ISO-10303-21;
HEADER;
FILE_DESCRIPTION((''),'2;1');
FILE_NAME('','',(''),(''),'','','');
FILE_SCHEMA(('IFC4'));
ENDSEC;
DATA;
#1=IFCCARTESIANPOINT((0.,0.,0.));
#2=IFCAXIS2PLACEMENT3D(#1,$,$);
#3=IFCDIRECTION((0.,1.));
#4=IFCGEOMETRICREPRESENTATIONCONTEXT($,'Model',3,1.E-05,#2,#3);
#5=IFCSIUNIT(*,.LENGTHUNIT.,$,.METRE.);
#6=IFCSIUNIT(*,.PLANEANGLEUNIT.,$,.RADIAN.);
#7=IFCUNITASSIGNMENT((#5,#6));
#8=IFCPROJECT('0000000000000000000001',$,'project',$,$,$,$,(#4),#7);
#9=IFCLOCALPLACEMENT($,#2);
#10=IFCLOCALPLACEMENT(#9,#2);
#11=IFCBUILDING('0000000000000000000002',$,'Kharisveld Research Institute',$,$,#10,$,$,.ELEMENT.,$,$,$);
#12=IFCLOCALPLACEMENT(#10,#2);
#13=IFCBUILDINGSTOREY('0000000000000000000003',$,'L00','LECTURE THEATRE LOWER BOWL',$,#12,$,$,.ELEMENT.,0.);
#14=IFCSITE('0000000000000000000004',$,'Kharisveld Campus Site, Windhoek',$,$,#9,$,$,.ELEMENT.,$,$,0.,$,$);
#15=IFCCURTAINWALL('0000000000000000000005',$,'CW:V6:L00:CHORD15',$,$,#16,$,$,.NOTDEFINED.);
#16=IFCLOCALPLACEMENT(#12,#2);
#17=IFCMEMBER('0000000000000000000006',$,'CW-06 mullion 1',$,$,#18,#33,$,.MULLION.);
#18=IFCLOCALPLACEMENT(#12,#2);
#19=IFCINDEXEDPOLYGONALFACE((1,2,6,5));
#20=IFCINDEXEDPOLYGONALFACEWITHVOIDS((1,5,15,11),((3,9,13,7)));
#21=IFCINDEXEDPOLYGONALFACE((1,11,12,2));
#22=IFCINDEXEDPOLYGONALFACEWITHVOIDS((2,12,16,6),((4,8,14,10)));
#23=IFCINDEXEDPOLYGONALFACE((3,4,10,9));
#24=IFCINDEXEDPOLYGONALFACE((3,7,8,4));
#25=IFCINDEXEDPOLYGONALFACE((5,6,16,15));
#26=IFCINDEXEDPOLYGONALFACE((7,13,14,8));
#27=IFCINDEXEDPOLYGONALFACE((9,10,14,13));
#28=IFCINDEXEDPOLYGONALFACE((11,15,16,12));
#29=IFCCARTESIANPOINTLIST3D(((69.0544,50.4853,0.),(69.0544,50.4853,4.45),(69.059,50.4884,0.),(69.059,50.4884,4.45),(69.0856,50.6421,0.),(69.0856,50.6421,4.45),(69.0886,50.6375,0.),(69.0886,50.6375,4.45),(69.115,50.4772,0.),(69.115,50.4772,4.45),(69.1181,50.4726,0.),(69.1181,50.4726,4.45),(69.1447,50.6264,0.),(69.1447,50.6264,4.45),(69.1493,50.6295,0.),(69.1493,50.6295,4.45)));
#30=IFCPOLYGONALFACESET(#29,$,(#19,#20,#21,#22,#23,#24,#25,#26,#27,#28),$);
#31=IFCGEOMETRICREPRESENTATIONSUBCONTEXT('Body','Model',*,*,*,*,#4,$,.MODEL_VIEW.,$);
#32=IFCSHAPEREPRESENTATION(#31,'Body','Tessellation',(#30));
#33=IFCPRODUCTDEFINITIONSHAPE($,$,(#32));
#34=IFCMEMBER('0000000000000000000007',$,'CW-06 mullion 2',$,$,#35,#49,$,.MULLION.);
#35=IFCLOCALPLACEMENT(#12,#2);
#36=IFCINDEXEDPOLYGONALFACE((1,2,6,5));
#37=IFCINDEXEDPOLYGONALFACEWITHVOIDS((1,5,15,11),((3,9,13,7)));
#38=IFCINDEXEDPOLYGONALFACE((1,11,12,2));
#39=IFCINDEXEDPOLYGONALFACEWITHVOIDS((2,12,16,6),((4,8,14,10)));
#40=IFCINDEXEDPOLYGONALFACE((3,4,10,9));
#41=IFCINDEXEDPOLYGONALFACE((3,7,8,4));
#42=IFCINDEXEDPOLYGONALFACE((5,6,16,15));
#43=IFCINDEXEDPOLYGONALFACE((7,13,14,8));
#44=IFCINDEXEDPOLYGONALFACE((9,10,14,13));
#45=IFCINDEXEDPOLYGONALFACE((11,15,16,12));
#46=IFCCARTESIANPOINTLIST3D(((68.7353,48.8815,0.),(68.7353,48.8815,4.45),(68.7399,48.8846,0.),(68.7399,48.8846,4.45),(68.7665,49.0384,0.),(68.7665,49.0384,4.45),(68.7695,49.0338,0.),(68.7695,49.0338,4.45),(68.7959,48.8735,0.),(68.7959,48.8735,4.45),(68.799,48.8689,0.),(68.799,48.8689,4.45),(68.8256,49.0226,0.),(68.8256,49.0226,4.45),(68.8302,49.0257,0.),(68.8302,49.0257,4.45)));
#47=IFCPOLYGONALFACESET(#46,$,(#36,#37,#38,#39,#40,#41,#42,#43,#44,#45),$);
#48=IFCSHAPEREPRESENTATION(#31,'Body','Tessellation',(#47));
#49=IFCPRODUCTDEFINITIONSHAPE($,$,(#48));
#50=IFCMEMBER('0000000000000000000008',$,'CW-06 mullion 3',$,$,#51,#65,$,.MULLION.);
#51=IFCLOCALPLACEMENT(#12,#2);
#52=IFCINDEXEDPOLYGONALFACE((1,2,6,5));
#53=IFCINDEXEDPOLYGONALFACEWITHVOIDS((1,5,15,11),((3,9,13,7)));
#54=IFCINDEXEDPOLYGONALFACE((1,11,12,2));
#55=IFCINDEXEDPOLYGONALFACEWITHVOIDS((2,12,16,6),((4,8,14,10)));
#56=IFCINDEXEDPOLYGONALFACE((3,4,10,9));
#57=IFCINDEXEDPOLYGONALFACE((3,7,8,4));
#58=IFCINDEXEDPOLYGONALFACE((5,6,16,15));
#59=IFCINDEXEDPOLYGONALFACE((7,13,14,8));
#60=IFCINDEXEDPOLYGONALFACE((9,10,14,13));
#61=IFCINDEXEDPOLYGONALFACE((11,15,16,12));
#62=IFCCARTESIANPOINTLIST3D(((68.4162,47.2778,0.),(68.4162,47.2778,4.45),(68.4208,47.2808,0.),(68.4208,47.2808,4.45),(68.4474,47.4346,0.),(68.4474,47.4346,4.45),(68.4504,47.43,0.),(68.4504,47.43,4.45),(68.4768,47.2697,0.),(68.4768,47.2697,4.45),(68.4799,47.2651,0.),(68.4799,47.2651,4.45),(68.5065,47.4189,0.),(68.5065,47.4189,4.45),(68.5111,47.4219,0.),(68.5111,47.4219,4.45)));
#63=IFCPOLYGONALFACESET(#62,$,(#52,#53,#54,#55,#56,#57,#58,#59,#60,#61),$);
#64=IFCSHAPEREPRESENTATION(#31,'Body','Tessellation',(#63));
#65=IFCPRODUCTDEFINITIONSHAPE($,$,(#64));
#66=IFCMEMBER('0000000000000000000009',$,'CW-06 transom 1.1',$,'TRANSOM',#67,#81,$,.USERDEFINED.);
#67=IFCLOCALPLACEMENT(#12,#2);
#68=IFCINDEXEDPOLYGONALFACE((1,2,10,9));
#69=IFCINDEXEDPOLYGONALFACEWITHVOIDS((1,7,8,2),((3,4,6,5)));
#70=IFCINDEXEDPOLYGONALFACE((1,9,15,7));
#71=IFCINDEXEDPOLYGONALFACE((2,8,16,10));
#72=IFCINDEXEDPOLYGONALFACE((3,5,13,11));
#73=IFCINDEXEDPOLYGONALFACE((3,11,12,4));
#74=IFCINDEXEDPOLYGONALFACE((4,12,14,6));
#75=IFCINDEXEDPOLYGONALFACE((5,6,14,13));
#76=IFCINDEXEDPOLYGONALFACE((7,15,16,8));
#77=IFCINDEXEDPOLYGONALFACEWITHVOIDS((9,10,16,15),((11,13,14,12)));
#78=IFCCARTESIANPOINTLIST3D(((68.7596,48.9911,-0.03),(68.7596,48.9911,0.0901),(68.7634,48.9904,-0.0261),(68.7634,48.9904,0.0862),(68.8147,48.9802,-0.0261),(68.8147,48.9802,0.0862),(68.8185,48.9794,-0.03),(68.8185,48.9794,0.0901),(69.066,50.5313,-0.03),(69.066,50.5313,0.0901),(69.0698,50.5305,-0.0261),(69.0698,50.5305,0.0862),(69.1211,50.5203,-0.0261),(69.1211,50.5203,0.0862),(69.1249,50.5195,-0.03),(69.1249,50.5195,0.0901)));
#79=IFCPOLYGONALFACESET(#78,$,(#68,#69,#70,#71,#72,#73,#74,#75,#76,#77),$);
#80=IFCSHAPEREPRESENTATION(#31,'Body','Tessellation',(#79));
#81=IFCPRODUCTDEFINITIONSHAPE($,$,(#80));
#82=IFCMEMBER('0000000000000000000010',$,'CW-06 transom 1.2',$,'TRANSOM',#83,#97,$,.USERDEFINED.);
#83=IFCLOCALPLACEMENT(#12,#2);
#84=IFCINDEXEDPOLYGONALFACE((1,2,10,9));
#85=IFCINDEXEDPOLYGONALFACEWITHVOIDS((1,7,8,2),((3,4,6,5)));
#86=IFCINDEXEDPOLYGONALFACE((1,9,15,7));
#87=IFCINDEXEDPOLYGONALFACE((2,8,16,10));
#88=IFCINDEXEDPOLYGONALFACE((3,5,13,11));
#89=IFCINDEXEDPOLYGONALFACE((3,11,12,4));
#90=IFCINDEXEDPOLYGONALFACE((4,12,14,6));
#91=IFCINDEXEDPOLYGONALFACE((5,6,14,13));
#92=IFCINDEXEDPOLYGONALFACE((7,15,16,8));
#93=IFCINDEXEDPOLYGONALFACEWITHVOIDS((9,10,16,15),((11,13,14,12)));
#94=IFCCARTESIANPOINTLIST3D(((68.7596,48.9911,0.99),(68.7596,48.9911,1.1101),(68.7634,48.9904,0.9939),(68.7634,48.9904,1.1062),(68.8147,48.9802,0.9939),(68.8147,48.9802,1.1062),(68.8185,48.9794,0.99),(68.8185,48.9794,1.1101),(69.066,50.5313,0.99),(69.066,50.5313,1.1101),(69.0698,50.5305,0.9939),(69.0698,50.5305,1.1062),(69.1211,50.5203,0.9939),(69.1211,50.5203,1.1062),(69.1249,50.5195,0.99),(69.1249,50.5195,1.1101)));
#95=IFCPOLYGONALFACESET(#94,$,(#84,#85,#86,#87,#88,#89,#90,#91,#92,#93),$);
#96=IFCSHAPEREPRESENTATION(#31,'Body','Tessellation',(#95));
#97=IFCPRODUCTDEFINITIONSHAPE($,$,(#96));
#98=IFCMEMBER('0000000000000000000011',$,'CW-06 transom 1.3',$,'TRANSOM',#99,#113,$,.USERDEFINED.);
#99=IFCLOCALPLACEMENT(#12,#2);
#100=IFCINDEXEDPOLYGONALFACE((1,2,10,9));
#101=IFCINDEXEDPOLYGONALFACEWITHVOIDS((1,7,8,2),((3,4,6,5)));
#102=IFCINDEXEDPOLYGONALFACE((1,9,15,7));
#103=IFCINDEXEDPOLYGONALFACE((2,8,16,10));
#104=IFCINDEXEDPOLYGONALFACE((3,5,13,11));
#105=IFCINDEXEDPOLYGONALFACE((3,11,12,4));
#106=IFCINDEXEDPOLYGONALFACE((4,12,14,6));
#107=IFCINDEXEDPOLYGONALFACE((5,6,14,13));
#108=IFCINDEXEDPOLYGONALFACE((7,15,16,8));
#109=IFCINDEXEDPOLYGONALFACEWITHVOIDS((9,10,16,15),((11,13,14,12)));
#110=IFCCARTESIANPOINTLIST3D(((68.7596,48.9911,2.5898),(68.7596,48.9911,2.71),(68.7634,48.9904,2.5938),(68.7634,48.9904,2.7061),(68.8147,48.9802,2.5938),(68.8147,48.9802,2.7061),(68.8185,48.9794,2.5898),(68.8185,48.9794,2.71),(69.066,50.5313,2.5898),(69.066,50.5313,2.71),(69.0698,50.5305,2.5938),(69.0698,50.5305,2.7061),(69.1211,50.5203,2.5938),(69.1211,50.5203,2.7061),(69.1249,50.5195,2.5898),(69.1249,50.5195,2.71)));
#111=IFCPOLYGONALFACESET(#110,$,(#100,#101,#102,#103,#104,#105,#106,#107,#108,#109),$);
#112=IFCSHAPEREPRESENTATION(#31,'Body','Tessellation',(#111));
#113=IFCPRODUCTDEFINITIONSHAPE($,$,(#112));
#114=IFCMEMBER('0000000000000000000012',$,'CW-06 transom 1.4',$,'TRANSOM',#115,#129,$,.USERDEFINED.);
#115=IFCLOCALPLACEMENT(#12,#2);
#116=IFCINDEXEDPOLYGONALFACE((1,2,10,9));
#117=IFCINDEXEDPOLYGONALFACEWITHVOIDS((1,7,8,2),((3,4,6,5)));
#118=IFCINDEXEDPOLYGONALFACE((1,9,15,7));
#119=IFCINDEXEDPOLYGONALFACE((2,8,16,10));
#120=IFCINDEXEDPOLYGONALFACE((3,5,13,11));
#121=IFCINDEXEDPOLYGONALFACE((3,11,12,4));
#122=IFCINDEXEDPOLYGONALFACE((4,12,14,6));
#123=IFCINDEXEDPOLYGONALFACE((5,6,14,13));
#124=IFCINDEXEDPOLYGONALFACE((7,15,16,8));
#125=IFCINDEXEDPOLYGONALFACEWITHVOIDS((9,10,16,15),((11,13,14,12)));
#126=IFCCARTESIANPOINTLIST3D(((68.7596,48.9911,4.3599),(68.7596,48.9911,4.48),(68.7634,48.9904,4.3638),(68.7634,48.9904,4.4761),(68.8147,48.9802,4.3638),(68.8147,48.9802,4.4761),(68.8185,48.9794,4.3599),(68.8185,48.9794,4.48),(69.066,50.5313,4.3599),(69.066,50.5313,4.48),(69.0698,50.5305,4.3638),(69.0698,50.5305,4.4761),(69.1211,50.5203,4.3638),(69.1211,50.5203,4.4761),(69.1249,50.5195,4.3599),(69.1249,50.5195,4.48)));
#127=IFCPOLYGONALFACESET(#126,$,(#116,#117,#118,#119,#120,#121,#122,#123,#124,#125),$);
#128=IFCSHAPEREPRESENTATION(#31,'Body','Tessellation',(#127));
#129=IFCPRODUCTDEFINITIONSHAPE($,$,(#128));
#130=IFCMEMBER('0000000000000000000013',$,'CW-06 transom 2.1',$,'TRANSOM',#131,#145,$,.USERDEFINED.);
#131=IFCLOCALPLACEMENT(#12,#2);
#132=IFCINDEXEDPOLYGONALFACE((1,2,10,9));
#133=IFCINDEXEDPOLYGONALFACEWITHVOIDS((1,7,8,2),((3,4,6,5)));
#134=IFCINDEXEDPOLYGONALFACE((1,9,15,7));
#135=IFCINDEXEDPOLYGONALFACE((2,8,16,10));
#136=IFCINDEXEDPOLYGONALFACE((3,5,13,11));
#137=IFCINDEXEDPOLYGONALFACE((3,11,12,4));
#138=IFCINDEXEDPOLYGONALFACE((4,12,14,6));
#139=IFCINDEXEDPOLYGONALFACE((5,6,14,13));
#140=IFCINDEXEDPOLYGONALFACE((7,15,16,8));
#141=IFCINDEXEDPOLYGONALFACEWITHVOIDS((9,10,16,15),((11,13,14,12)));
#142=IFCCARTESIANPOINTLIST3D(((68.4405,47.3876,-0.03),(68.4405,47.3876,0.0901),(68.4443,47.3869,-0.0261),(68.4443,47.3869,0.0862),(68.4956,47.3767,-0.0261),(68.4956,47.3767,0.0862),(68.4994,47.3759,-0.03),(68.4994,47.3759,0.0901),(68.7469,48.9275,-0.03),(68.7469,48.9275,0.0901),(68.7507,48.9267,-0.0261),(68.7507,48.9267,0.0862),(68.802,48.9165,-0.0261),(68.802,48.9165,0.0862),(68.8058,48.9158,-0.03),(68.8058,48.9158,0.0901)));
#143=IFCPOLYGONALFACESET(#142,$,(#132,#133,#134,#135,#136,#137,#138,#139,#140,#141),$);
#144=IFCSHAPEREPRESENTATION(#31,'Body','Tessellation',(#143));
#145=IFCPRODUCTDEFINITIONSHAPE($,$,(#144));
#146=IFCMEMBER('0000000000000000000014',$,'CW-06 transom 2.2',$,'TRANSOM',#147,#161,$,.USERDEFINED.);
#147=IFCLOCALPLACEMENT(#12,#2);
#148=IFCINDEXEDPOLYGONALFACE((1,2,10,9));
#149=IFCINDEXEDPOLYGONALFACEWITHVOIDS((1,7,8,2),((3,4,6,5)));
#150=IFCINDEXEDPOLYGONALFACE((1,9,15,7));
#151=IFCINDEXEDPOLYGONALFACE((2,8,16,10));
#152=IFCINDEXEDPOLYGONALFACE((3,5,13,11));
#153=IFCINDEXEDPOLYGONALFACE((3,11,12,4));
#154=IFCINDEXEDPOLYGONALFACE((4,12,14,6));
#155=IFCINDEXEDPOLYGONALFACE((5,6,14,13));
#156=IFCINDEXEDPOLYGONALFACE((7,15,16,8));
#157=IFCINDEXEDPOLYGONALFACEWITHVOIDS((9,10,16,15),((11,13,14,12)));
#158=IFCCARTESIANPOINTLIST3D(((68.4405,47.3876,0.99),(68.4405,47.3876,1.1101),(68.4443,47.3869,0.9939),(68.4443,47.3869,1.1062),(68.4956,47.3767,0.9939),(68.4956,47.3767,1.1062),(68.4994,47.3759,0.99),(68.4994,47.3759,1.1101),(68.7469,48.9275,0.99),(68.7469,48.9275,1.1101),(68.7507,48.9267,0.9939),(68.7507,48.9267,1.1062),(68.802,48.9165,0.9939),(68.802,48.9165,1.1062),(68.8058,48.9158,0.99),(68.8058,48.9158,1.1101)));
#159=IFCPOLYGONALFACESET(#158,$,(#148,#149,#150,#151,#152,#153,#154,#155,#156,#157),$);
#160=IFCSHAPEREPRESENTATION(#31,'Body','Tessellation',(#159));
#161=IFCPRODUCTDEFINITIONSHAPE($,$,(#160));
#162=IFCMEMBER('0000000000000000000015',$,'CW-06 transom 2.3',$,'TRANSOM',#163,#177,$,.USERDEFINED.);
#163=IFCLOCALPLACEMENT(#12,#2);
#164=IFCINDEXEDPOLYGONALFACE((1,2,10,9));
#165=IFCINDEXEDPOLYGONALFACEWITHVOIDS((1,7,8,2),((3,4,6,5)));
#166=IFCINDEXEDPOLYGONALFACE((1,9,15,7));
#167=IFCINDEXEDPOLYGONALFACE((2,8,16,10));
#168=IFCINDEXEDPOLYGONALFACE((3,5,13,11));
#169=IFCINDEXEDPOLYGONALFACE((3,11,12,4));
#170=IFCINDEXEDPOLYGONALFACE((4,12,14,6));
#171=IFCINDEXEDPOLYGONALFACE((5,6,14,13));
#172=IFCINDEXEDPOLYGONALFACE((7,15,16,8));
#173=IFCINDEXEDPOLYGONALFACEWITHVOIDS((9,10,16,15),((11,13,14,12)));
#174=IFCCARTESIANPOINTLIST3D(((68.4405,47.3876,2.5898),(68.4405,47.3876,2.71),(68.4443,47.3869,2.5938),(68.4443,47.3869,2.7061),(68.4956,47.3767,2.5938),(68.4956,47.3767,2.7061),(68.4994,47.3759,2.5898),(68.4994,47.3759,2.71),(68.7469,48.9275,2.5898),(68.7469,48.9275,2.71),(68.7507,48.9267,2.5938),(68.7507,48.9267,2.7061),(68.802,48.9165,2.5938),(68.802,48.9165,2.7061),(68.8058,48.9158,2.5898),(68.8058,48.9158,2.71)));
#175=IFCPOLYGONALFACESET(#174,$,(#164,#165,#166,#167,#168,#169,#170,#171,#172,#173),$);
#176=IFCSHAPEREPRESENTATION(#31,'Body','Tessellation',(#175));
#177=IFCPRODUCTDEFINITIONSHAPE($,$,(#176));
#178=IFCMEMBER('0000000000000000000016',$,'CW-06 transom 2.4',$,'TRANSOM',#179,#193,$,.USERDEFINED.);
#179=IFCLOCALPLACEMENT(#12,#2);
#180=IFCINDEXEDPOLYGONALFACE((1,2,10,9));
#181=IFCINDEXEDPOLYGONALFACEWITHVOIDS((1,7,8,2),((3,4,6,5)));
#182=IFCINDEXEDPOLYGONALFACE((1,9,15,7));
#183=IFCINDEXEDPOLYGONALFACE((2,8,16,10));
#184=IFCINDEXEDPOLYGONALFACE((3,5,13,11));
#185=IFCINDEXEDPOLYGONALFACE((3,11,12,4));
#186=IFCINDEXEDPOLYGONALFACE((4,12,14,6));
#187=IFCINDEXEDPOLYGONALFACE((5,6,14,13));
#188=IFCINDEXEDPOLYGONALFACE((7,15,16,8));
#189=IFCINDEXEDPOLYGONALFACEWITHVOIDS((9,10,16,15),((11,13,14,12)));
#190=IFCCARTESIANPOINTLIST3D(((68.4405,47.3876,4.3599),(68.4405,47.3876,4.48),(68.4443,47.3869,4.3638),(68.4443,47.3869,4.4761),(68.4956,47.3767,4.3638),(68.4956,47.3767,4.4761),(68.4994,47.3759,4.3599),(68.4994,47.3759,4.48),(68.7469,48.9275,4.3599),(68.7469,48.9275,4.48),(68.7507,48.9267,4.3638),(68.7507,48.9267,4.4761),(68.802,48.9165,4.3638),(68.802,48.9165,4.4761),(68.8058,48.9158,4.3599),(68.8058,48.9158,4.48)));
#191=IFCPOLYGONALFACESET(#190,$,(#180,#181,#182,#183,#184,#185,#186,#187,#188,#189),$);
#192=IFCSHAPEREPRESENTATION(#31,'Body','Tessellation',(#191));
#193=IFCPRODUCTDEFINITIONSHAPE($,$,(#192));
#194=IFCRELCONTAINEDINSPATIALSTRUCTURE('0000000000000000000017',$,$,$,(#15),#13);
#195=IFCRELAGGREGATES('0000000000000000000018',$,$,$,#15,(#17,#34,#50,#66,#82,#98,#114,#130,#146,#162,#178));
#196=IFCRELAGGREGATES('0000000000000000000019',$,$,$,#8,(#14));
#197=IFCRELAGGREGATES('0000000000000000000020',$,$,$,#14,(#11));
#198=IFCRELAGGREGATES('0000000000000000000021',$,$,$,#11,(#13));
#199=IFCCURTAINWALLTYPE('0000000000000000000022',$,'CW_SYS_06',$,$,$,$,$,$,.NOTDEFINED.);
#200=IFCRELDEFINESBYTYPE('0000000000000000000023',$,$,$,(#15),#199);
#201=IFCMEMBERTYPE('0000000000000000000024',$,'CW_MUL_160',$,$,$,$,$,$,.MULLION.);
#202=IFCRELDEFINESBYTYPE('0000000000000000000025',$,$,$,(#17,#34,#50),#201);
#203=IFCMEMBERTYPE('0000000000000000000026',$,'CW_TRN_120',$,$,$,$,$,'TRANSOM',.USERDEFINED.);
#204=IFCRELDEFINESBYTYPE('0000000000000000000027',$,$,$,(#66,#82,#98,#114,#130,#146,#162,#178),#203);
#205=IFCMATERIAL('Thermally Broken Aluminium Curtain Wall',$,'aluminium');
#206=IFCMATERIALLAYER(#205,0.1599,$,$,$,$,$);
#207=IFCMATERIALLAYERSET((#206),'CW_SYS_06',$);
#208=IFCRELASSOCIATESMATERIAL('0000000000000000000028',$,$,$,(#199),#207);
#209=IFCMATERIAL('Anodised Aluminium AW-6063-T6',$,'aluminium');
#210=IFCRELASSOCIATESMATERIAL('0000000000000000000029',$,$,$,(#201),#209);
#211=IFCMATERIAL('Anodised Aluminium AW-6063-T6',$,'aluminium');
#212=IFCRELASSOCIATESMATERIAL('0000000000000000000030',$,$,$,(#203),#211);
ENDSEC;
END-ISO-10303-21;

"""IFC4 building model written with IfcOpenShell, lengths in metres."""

from ifc_helpers import new_model, si_unit, direction, frame, origin, origin_2d, place, context, subcontext, project, spatial, hollow_rectangle, extrude, material, layer, layer_set, material_profile, profile_set, type_object, element, aggregate, save


model = new_model("IFC4")

# Units and contexts
model_context = context("Model", 3, precision=1e-05, world=origin(), true_north=direction((0.0, 1.0)))
body_context = subcontext(model_context, "Body", "Model", "MODEL_VIEW")
ifc_project = project(units=[si_unit("LENGTHUNIT", "METRE"), si_unit("PLANEANGLEUNIT", "RADIAN")], contexts=[model_context])

# Site, building, storey
site_placement = place(None, origin())
site = spatial("IfcSite", under=ifc_project, at=site_placement, Name="Kharisveld Campus Site, Windhoek", CompositionType="ELEMENT", RefElevation=0.0)
building_placement = place(site_placement, origin())
building = spatial("IfcBuilding", under=site, at=building_placement, Name="Kharisveld Research Institute", CompositionType="ELEMENT")
storey_placement = place(building_placement, origin())
storey = spatial("IfcBuildingStorey", under=building, at=storey_placement, Name="L00", Description="LECTURE THEATRE LOWER BOWL", CompositionType="ELEMENT", Elevation=0.0)

# Curtain wall, members
ifc_material_1 = material(Name="Thermally Broken Aluminium Curtain Wall", Category="aluminium")
ifc_layer_1 = layer(ifc_material_1, 0.1599)
ifc_layer_set_1 = layer_set([ifc_layer_1], Name="CW_SYS_06")
curtain_wall_type = type_object("IfcCurtainWallType", Name="CW_SYS_06", PredefinedType="NOTDEFINED", material=ifc_layer_set_1)
curtain_wall_placement = place(storey_placement, origin())
curtain_wall = element("IfcCurtainWall", 1, at=curtain_wall_placement, inside=storey, type_object=curtain_wall_type, Name="CW:V6:L00:CHORD15", PredefinedType="NOTDEFINED")
ifc_material_2 = material(Name="Anodised Aluminium AW-6063-T6", Category="aluminium")
ifc_material_profile_1 = material_profile(ifc_material_2, hollow_rectangle(XDim=0.0649, YDim=0.1599, WallThickness=0.0039, at=origin_2d()))
ifc_profile_set_1 = profile_set([ifc_material_profile_1], Name="Anodised Aluminium AW-6063-T6")
member_type_1 = type_object("IfcMemberType", Name="CW_MUL_160", PredefinedType="MULLION", material=ifc_profile_set_1)
member_1_placement = place(storey_placement, frame((69.1018, 50.5574, 0.0), z_axis=(0.0, 0.0, 1.0), x_axis=(0.980785, -0.195091, 0.0)))
member_1 = element("IfcMember", 2, at=member_1_placement, type_object=member_type_1, Name="CW-06 mullion 1", PredefinedType="MULLION", context=body_context, shape_type="SweptSolid", body=[
    extrude(hollow_rectangle(XDim=0.0649, YDim=0.1599, WallThickness=0.0039, at=origin_2d()), origin(), (0.0, 0.0, 1.0), 4.45),
])
member_2_placement = place(storey_placement, frame((68.7827, 48.9536, 0.0), z_axis=(0.0, 0.0, 1.0), x_axis=(0.980785, -0.195091, 0.0)))
member_2 = element("IfcMember", 3, at=member_2_placement, type_object=member_type_1, Name="CW-06 mullion 2", PredefinedType="MULLION", context=body_context, shape_type="SweptSolid", body=[
    extrude(hollow_rectangle(XDim=0.0649, YDim=0.1599, WallThickness=0.0039, at=origin_2d()), origin(), (0.0, 0.0, 1.0), 4.45),
])
member_3_placement = place(storey_placement, frame((68.4636, 47.3499, 0.0), z_axis=(0.0, 0.0, 1.0), x_axis=(0.980785, -0.195091, 0.0)))
member_3 = element("IfcMember", 4, at=member_3_placement, type_object=member_type_1, Name="CW-06 mullion 3", PredefinedType="MULLION", context=body_context, shape_type="SweptSolid", body=[
    extrude(hollow_rectangle(XDim=0.0649, YDim=0.1599, WallThickness=0.0039, at=origin_2d()), origin(), (0.0, 0.0, 1.0), 4.45),
])
ifc_material_3 = material(Name="Anodised Aluminium AW-6063-T6", Category="aluminium")
ifc_material_profile_2 = material_profile(ifc_material_3, hollow_rectangle(XDim=0.0601, YDim=0.1201, WallThickness=0.0039, at=origin_2d()))
ifc_profile_set_2 = profile_set([ifc_material_profile_2], Name="Anodised Aluminium AW-6063-T6")
member_type_2 = type_object("IfcMemberType", Name="CW_TRN_120", ElementType="TRANSOM", PredefinedType="USERDEFINED", material=ifc_profile_set_2)
member_4_placement = place(storey_placement, frame((69.0955, 50.5254, 0.03), z_axis=(-0.195129, -0.980778, 0.0), x_axis=(0.980778, -0.195129, 0.0)))
member_4 = element("IfcMember", 5, at=member_4_placement, type_object=member_type_2, Name="CW-06 transom 1.1", ObjectType="TRANSOM", PredefinedType="USERDEFINED", context=body_context, shape_type="SweptSolid", body=[
    extrude(hollow_rectangle(XDim=0.0601, YDim=0.1201, WallThickness=0.0039, at=origin_2d()), origin(), (0.0, 0.0, 1.0), 1.5703),
])
member_5_placement = place(storey_placement, frame((69.0955, 50.5254, 1.05), z_axis=(-0.195129, -0.980778, 0.0), x_axis=(0.980778, -0.195129, 0.0)))
member_5 = element("IfcMember", 6, at=member_5_placement, type_object=member_type_2, Name="CW-06 transom 1.2", ObjectType="TRANSOM", PredefinedType="USERDEFINED", context=body_context, shape_type="SweptSolid", body=[
    extrude(hollow_rectangle(XDim=0.0601, YDim=0.1201, WallThickness=0.0039, at=origin_2d()), origin(), (0.0, 0.0, 1.0), 1.5703),
])
member_6_placement = place(storey_placement, frame((69.0955, 50.5254, 2.6499), z_axis=(-0.195129, -0.980778, 0.0), x_axis=(0.980778, -0.195129, 0.0)))
member_6 = element("IfcMember", 7, at=member_6_placement, type_object=member_type_2, Name="CW-06 transom 1.3", ObjectType="TRANSOM", PredefinedType="USERDEFINED", context=body_context, shape_type="SweptSolid", body=[
    extrude(hollow_rectangle(XDim=0.0601, YDim=0.1201, WallThickness=0.0039, at=origin_2d()), origin(), (0.0, 0.0, 1.0), 1.5703),
])
member_7_placement = place(storey_placement, frame((69.0955, 50.5254, 4.4199), z_axis=(-0.195129, -0.980778, 0.0), x_axis=(0.980778, -0.195129, 0.0)))
member_7 = element("IfcMember", 8, at=member_7_placement, type_object=member_type_2, Name="CW-06 transom 1.4", ObjectType="TRANSOM", PredefinedType="USERDEFINED", context=body_context, shape_type="SweptSolid", body=[
    extrude(hollow_rectangle(XDim=0.0601, YDim=0.1201, WallThickness=0.0039, at=origin_2d()), origin(), (0.0, 0.0, 1.0), 1.5703),
])
member_8_placement = place(storey_placement, frame((68.7764, 48.9216, 0.03), z_axis=(-0.195159, -0.980772, 0.0), x_axis=(0.980772, -0.195159, 0.0)))
member_8 = element("IfcMember", 9, at=member_8_placement, type_object=member_type_2, Name="CW-06 transom 2.1", ObjectType="TRANSOM", PredefinedType="USERDEFINED", context=body_context, shape_type="SweptSolid", body=[
    extrude(hollow_rectangle(XDim=0.0601, YDim=0.1201, WallThickness=0.0039, at=origin_2d()), origin(), (0.0, 0.0, 1.0), 1.5701),
])
member_9_placement = place(storey_placement, frame((68.7764, 48.9216, 1.05), z_axis=(-0.195159, -0.980772, 0.0), x_axis=(0.980772, -0.195159, 0.0)))
member_9 = element("IfcMember", 10, at=member_9_placement, type_object=member_type_2, Name="CW-06 transom 2.2", ObjectType="TRANSOM", PredefinedType="USERDEFINED", context=body_context, shape_type="SweptSolid", body=[
    extrude(hollow_rectangle(XDim=0.0601, YDim=0.1201, WallThickness=0.0039, at=origin_2d()), origin(), (0.0, 0.0, 1.0), 1.5701),
])
member_10_placement = place(storey_placement, frame((68.7764, 48.9216, 2.6499), z_axis=(-0.195159, -0.980772, 0.0), x_axis=(0.980772, -0.195159, 0.0)))
member_10 = element("IfcMember", 11, at=member_10_placement, type_object=member_type_2, Name="CW-06 transom 2.3", ObjectType="TRANSOM", PredefinedType="USERDEFINED", context=body_context, shape_type="SweptSolid", body=[
    extrude(hollow_rectangle(XDim=0.0601, YDim=0.1201, WallThickness=0.0039, at=origin_2d()), origin(), (0.0, 0.0, 1.0), 1.5701),
])
member_11_placement = place(storey_placement, frame((68.7764, 48.9216, 4.4199), z_axis=(-0.195159, -0.980772, 0.0), x_axis=(0.980772, -0.195159, 0.0)))
member_11 = element("IfcMember", 12, at=member_11_placement, type_object=member_type_2, Name="CW-06 transom 2.4", ObjectType="TRANSOM", PredefinedType="USERDEFINED", context=body_context, shape_type="SweptSolid", body=[
    extrude(hollow_rectangle(XDim=0.0601, YDim=0.1201, WallThickness=0.0039, at=origin_2d()), origin(), (0.0, 0.0, 1.0), 1.5701),
])
aggregate(curtain_wall, [member_1, member_2, member_3, member_4, member_5, member_6, member_7, member_8, member_9, member_10, member_11])

save(model, "model.ifc")
